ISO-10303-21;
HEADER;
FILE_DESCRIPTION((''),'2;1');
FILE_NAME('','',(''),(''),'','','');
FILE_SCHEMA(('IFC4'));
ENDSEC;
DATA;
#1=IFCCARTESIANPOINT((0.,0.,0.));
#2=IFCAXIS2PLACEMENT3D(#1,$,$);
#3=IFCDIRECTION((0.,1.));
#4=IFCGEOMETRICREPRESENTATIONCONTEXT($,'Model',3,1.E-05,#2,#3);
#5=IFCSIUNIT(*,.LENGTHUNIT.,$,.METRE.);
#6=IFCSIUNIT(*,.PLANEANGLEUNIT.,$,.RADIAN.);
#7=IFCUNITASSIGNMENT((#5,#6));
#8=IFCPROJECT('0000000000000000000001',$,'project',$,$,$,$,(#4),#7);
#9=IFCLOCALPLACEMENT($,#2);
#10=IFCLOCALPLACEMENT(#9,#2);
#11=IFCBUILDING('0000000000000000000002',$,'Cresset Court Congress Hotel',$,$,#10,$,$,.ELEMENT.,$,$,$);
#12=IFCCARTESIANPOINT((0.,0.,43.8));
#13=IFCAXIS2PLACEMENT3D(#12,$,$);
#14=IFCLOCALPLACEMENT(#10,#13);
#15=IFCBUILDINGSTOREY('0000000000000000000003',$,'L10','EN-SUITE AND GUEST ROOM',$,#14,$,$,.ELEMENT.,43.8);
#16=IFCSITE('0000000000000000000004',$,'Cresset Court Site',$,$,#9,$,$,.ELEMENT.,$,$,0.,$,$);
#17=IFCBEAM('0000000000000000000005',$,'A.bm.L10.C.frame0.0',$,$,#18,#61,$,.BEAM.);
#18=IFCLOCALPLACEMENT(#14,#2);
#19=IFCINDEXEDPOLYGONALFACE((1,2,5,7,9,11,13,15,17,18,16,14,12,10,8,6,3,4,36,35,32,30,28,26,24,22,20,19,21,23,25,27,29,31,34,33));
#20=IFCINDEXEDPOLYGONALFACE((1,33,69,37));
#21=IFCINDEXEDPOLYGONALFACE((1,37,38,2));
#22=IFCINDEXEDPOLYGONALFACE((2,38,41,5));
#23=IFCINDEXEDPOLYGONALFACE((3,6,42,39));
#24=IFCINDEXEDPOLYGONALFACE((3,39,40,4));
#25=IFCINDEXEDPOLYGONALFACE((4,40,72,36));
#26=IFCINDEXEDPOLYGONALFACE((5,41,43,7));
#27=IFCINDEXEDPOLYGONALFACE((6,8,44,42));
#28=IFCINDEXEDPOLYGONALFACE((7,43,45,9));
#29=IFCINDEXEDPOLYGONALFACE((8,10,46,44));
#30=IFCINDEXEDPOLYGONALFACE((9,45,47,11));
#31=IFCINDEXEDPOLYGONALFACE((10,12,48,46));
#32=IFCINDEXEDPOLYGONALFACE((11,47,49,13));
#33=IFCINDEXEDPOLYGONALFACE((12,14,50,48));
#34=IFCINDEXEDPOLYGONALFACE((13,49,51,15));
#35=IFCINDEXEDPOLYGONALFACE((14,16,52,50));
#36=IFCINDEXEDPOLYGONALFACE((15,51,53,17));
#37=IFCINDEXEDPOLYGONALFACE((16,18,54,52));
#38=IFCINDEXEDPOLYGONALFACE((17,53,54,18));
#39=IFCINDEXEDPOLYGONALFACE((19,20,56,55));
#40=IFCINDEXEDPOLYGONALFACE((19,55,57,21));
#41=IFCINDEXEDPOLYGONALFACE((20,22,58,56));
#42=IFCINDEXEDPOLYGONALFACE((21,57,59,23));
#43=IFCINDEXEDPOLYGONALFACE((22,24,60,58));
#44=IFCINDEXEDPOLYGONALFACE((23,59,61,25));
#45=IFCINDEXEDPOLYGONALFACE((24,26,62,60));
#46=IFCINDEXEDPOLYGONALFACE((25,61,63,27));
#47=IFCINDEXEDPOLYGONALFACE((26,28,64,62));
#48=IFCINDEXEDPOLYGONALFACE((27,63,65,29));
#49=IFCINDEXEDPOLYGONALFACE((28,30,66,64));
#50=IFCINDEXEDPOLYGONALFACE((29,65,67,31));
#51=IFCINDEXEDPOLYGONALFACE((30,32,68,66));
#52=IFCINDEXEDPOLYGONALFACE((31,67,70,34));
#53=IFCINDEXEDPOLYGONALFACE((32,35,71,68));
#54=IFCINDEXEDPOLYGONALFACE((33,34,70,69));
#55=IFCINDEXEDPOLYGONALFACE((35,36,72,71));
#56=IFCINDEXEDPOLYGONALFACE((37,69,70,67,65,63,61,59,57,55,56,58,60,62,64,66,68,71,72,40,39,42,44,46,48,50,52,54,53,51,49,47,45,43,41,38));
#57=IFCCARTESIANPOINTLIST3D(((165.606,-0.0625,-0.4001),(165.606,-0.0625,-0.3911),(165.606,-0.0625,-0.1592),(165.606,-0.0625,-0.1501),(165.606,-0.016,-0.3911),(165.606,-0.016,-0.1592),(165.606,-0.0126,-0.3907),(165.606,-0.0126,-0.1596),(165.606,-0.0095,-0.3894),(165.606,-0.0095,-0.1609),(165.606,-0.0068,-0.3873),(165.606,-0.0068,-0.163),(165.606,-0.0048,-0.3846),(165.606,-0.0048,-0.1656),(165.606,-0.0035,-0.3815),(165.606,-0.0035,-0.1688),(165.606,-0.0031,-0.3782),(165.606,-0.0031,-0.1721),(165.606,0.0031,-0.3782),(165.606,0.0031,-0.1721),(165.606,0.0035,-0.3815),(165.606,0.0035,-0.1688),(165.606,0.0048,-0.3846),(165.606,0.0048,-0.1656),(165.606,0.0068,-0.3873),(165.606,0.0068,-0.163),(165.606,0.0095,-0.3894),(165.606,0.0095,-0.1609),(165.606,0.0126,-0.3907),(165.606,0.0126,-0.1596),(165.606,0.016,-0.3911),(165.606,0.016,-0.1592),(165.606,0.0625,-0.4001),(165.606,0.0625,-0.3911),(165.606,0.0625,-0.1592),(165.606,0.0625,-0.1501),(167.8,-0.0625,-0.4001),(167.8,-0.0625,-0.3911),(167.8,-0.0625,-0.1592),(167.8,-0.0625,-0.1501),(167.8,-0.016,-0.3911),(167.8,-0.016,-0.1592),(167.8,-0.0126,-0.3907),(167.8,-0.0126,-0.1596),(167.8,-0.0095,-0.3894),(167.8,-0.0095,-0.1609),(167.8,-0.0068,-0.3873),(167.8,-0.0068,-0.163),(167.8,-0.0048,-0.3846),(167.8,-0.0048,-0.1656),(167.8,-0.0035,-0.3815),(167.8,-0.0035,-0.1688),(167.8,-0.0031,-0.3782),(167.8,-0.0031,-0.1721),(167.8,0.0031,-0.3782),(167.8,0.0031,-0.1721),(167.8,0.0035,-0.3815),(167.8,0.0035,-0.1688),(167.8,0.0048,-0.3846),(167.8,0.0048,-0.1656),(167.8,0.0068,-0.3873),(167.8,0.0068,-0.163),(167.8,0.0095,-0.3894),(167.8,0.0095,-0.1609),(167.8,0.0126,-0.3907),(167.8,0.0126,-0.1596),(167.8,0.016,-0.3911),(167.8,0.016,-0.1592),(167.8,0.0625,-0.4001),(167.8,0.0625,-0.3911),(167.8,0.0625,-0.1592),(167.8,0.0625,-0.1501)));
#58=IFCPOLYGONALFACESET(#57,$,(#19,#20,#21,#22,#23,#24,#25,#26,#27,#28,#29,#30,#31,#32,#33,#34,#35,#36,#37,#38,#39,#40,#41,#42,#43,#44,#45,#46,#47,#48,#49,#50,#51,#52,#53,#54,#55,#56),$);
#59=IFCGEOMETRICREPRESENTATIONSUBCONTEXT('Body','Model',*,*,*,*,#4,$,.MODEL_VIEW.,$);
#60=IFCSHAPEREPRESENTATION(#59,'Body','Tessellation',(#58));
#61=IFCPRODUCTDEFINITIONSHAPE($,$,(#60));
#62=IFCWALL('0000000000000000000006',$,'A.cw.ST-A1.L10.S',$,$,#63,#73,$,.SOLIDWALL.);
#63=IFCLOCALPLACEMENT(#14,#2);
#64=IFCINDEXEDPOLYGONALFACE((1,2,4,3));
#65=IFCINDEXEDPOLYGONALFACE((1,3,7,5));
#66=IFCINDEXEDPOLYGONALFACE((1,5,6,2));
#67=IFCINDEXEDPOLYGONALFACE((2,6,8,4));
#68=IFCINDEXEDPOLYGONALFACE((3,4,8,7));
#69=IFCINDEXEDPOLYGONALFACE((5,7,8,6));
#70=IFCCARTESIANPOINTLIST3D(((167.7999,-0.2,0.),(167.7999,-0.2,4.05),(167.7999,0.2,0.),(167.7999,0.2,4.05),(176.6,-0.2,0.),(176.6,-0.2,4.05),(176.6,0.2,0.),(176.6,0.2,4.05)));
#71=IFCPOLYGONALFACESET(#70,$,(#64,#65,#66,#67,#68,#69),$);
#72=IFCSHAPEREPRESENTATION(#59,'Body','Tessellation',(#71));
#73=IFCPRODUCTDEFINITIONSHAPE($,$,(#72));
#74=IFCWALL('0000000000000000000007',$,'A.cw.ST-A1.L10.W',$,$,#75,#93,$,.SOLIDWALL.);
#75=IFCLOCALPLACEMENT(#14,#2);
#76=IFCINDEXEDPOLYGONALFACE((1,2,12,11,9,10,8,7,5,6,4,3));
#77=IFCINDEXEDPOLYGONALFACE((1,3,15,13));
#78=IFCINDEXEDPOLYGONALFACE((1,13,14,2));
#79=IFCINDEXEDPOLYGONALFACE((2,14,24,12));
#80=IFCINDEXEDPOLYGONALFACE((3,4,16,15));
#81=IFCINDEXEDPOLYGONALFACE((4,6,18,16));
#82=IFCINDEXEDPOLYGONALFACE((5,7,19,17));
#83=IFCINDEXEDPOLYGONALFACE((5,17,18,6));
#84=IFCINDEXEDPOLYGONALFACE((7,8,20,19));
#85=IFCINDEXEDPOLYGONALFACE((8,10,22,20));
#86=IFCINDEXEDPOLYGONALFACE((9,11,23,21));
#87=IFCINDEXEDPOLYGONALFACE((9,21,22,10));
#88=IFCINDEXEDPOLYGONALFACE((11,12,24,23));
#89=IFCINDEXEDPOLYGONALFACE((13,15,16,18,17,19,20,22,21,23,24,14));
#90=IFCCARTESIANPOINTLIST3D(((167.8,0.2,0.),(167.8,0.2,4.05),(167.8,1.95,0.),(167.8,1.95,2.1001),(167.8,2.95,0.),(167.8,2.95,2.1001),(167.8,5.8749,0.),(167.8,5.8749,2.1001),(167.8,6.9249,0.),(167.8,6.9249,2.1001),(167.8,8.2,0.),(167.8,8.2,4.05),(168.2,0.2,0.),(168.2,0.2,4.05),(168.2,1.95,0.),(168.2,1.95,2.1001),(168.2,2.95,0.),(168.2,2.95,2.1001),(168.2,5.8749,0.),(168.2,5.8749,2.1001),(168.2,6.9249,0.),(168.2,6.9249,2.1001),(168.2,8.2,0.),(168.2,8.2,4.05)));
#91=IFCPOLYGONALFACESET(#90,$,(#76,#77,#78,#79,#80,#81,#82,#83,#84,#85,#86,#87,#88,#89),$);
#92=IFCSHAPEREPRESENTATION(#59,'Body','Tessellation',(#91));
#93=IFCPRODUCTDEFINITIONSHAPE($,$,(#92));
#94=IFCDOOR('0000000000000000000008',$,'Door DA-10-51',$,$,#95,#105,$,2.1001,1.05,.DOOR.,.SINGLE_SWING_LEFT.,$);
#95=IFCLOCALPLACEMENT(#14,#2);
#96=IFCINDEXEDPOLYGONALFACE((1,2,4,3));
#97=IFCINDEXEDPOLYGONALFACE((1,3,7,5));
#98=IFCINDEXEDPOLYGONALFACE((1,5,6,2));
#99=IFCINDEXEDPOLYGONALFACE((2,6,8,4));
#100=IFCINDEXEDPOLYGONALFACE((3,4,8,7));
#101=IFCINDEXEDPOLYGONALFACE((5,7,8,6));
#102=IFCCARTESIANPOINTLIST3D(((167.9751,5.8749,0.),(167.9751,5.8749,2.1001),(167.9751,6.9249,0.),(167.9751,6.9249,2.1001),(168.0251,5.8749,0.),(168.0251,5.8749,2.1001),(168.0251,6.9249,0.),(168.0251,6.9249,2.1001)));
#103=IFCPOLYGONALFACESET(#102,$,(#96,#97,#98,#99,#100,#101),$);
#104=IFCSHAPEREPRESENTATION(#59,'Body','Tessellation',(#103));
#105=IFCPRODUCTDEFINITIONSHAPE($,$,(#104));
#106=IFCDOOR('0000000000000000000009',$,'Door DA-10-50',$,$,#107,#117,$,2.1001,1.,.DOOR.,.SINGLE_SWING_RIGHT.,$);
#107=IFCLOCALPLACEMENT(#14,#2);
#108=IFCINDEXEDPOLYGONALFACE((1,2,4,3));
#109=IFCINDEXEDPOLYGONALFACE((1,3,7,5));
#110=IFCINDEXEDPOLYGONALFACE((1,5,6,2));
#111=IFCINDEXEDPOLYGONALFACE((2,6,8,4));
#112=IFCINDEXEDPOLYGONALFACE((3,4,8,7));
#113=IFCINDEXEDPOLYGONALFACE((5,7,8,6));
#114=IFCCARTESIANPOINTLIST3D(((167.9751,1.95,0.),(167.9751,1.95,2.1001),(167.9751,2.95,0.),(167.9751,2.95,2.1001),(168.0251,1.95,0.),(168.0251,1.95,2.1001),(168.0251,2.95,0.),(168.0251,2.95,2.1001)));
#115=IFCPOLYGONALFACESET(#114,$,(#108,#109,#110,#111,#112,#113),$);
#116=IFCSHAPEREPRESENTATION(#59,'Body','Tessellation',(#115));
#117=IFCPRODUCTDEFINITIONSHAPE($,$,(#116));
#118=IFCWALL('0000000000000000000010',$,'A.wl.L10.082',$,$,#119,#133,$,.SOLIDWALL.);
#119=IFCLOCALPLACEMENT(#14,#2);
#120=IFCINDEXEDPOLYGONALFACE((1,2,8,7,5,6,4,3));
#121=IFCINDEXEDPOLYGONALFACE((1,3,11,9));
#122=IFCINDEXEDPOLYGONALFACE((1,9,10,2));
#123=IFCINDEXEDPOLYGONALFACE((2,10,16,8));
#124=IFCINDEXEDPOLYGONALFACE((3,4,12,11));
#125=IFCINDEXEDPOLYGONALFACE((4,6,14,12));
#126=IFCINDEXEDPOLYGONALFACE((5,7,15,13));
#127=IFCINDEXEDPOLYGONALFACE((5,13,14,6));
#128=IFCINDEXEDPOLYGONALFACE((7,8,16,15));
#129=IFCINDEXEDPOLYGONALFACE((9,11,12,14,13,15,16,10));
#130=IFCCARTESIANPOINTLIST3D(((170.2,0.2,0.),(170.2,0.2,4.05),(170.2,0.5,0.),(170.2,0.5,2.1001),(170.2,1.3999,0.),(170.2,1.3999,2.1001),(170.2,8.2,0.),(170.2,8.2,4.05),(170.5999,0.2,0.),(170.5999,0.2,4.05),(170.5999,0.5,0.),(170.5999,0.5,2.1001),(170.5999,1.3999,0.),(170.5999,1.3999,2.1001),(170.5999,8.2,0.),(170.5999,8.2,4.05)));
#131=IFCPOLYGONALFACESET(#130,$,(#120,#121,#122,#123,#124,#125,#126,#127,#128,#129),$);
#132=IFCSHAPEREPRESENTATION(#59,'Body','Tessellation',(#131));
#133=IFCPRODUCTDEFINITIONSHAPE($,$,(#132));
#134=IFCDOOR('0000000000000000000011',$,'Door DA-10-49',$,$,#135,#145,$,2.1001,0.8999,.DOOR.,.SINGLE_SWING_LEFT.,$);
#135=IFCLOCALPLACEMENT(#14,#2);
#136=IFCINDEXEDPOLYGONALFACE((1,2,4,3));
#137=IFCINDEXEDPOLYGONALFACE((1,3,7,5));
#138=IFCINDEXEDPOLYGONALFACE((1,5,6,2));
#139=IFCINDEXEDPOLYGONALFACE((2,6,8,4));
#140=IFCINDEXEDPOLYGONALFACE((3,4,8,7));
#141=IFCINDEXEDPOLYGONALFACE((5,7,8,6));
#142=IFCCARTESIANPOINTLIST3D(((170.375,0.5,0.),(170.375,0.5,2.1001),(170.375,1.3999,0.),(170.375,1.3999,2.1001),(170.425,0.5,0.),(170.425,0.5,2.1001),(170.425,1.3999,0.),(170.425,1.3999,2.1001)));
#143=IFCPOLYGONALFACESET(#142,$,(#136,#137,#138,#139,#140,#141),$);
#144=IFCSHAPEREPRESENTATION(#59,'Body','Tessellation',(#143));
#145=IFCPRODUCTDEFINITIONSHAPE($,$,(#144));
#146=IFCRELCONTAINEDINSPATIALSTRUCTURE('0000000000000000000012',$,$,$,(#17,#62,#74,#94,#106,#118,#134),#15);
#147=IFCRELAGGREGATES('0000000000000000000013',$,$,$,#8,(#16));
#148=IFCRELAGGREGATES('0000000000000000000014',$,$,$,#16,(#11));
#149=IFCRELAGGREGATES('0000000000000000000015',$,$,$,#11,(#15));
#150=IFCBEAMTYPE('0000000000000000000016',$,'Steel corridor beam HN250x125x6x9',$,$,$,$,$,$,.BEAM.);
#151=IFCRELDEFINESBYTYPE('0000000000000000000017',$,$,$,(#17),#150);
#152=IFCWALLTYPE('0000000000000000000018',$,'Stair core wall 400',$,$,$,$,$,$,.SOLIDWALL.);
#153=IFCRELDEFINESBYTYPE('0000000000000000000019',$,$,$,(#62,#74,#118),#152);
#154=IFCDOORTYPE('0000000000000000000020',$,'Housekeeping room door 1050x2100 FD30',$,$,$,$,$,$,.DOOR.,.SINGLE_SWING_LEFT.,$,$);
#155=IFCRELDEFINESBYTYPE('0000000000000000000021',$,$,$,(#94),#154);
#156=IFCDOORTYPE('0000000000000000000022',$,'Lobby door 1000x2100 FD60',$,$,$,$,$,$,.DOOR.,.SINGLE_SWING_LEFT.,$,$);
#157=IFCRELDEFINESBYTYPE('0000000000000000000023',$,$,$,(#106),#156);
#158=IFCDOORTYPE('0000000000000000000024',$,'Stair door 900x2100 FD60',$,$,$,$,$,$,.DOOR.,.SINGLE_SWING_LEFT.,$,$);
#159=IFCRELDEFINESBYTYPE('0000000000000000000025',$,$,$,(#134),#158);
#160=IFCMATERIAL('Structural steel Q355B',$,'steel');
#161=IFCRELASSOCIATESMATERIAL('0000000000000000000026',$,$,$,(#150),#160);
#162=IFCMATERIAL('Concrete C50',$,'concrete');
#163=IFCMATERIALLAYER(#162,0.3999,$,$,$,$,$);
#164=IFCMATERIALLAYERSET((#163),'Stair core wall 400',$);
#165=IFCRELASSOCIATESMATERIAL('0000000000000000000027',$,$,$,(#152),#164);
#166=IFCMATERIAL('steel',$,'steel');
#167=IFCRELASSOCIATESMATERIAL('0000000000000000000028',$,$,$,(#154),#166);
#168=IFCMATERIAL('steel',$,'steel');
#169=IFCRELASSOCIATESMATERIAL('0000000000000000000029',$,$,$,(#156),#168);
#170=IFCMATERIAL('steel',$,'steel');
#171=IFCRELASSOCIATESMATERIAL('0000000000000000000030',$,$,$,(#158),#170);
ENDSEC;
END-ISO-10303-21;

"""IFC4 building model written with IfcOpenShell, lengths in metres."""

from ifc_helpers import new_model, si_unit, direction, frame, frame_2d, origin, origin_2d, place, context, subcontext, project, spatial, rectangle, i_section, extrude, material, layer, layer_set, material_profile, profile_set, type_object, element, fill, save


model = new_model("IFC4")

# Units and contexts
model_context = context("Model", 3, precision=1e-05, world=origin(), true_north=direction((0.0, 1.0)))
body_context = subcontext(model_context, "Body", "Model", "MODEL_VIEW")
ifc_project = project(units=[si_unit("LENGTHUNIT", "METRE"), si_unit("PLANEANGLEUNIT", "RADIAN")], contexts=[model_context])

# Site, building, storey
site_placement = place(None, origin())
site = spatial("IfcSite", under=ifc_project, at=site_placement, Name="Cresset Court Site", CompositionType="ELEMENT", RefElevation=0.0)
building_placement = place(site_placement, origin())
building = spatial("IfcBuilding", under=site, at=building_placement, Name="Cresset Court Congress Hotel", CompositionType="ELEMENT")
storey_placement = place(building_placement, frame((0.0, 0.0, 43.8)))
storey = spatial("IfcBuildingStorey", under=building, at=storey_placement, Name="L10", Description="EN-SUITE AND GUEST ROOM", CompositionType="ELEMENT", Elevation=43.8)

# Beam
ifc_material_1 = material(Name="Structural steel Q355B", Category="steel")
ifc_material_profile = material_profile(ifc_material_1, i_section(OverallWidth=0.125, OverallDepth=0.25, WebThickness=0.0061, FlangeThickness=0.009, FilletRadius=0.0129, at=origin_2d()), Name="HN250x125x6x9")
ifc_profile_set = profile_set([ifc_material_profile], Name="Structural steel Q355B")
beam_type = type_object("IfcBeamType", Name="Steel corridor beam HN250x125x6x9", PredefinedType="BEAM", material=ifc_profile_set)
beam_placement = place(storey_placement, frame((165.606, 0.0, -0.2751), z_axis=(1.0, 0.0, 0.0), x_axis=(0.0, 1.0, 0.0)))
element("IfcBeam", 1, at=beam_placement, inside=storey, type_object=beam_type, Name="A.bm.L10.C.frame0.0", PredefinedType="BEAM", context=body_context, shape_type="SweptSolid", body=[
    extrude(i_section(OverallWidth=0.125, OverallDepth=0.25, WebThickness=0.0061, FlangeThickness=0.009, FilletRadius=0.0129, at=origin_2d()), origin(), (0.0, 0.0, 1.0), 2.1941),
])

# Wall
ifc_material_2 = material(Name="Concrete C50", Category="concrete")
ifc_layer = layer(ifc_material_2, 0.3999)
ifc_layer_set = layer_set([ifc_layer], Name="Stair core wall 400")
wall_type = type_object("IfcWallType", Name="Stair core wall 400", PredefinedType="SOLIDWALL", material=ifc_layer_set)
wall_1_placement = place(storey_placement, frame((167.8, 0.0, 0.0), z_axis=(0.0, 0.0, 1.0), x_axis=(1.0, 0.0, 0.0)))
element("IfcWall", 2, at=wall_1_placement, inside=storey, type_object=wall_type, Name="A.cw.ST-A1.L10.S", PredefinedType="SOLIDWALL", context=body_context, shape_type="SweptSolid", body=[
    extrude(rectangle(XDim=8.8, YDim=0.3999, at=frame_2d((4.3999, 0.0))), origin(), (0.0, 0.0, 1.0), 4.05),
])

# Wall, openings, doors
wall_2_placement = place(storey_placement, frame((168.0, 0.2, 0.0), z_axis=(0.0, 0.0, 1.0), x_axis=(0.0, 1.0, 0.0)))
wall_2 = element("IfcWall", 3, at=wall_2_placement, inside=storey, type_object=wall_type, Name="A.cw.ST-A1.L10.W", PredefinedType="SOLIDWALL", context=body_context, shape_type="SweptSolid", body=[
    extrude(rectangle(XDim=8.0, YDim=0.3999, at=frame_2d((4.0, 0.0))), origin(), (0.0, 0.0, 1.0), 4.05),
])
opening_1_placement = place(wall_2_placement, frame((1.75, 0.0, 0.0)))
opening_1 = element("IfcOpeningElement", 4, at=opening_1_placement, cuts=wall_2, PredefinedType="OPENING", context=body_context, shape_type="SweptSolid", body=[
    extrude(rectangle(XDim=1.0, YDim=2.1001, at=frame_2d((0.5, 1.05))), frame((0.0, 0.21, 0.0), z_axis=(0.0, -1.0, 0.0), x_axis=(1.0, 0.0, 0.0)), (0.0, 0.0, 1.0), 0.4199),
])
opening_2_placement = place(wall_2_placement, frame((5.675, 0.0, 0.0)))
opening_2 = element("IfcOpeningElement", 5, at=opening_2_placement, cuts=wall_2, PredefinedType="OPENING", context=body_context, shape_type="SweptSolid", body=[
    extrude(rectangle(XDim=1.05, YDim=2.1001, at=frame_2d((0.5249, 1.05))), frame((0.0, 0.21, 0.0), z_axis=(0.0, -1.0, 0.0), x_axis=(1.0, 0.0, 0.0)), (0.0, 0.0, 1.0), 0.4199),
])
ifc_material_3 = material(Name="steel", Category="steel")
door_type_1 = type_object("IfcDoorType", Name="Housekeeping room door 1050x2100 FD30", OperationType="SINGLE_SWING_LEFT", PredefinedType="DOOR", material=ifc_material_3)
door_1_placement = place(opening_2_placement, origin())
door_1 = element("IfcDoor", 6, at=door_1_placement, inside=storey, type_object=door_type_1, Name="Door DA-10-51", OperationType="SINGLE_SWING_LEFT", OverallHeight=2.1001, OverallWidth=1.05, PredefinedType="DOOR", context=body_context, shape_type="SweptSolid", body=[
    extrude(rectangle(XDim=1.05, YDim=2.1001, at=frame_2d((0.5249, 1.05))), frame((0.0, 0.0249, 0.0), z_axis=(0.0, -1.0, 0.0), x_axis=(1.0, 0.0, 0.0)), (0.0, 0.0, 1.0), 0.05),
])
fill(opening_2, door_1)
ifc_material_4 = material(Name="steel", Category="steel")
door_type_2 = type_object("IfcDoorType", Name="Lobby door 1000x2100 FD60", OperationType="SINGLE_SWING_LEFT", PredefinedType="DOOR", material=ifc_material_4)
door_2_placement = place(opening_1_placement, origin())
door_2 = element("IfcDoor", 7, at=door_2_placement, inside=storey, type_object=door_type_2, Name="Door DA-10-50", OperationType="SINGLE_SWING_RIGHT", OverallHeight=2.1001, OverallWidth=1.0, PredefinedType="DOOR", context=body_context, shape_type="SweptSolid", body=[
    extrude(rectangle(XDim=1.0, YDim=2.1001, at=frame_2d((0.5, 1.05))), frame((0.0, 0.0249, 0.0), z_axis=(0.0, -1.0, 0.0), x_axis=(1.0, 0.0, 0.0)), (0.0, 0.0, 1.0), 0.05),
])
fill(opening_1, door_2)

# Wall, opening, door
wall_3_placement = place(storey_placement, frame((170.3999, 0.2, 0.0), z_axis=(0.0, 0.0, 1.0), x_axis=(0.0, 1.0, 0.0)))
wall_3 = element("IfcWall", 8, at=wall_3_placement, inside=storey, type_object=wall_type, Name="A.wl.L10.082", PredefinedType="SOLIDWALL", context=body_context, shape_type="SweptSolid", body=[
    extrude(rectangle(XDim=8.0, YDim=0.3999, at=frame_2d((4.0, 0.0))), origin(), (0.0, 0.0, 1.0), 4.05),
])
opening_3_placement = place(wall_3_placement, frame((0.3, 0.0, 0.0)))
opening_3 = element("IfcOpeningElement", 9, at=opening_3_placement, cuts=wall_3, PredefinedType="OPENING", context=body_context, shape_type="SweptSolid", body=[
    extrude(rectangle(XDim=0.8999, YDim=2.1001, at=frame_2d((0.45, 1.05))), frame((0.0, 0.21, 0.0), z_axis=(0.0, -1.0, 0.0), x_axis=(1.0, 0.0, 0.0)), (0.0, 0.0, 1.0), 0.4199),
])
ifc_material_5 = material(Name="steel", Category="steel")
door_type_3 = type_object("IfcDoorType", Name="Stair door 900x2100 FD60", OperationType="SINGLE_SWING_LEFT", PredefinedType="DOOR", material=ifc_material_5)
door_3_placement = place(opening_3_placement, origin())
door_3 = element("IfcDoor", 10, at=door_3_placement, inside=storey, type_object=door_type_3, Name="Door DA-10-49", OperationType="SINGLE_SWING_LEFT", OverallHeight=2.1001, OverallWidth=0.8999, PredefinedType="DOOR", context=body_context, shape_type="SweptSolid", body=[
    extrude(rectangle(XDim=0.8999, YDim=2.1001, at=frame_2d((0.45, 1.05))), frame((0.0, 0.0249, 0.0), z_axis=(0.0, -1.0, 0.0), x_axis=(1.0, 0.0, 0.0)), (0.0, 0.0, 1.0), 0.05),
])
fill(opening_3, door_3)

save(model, "model.ifc")
